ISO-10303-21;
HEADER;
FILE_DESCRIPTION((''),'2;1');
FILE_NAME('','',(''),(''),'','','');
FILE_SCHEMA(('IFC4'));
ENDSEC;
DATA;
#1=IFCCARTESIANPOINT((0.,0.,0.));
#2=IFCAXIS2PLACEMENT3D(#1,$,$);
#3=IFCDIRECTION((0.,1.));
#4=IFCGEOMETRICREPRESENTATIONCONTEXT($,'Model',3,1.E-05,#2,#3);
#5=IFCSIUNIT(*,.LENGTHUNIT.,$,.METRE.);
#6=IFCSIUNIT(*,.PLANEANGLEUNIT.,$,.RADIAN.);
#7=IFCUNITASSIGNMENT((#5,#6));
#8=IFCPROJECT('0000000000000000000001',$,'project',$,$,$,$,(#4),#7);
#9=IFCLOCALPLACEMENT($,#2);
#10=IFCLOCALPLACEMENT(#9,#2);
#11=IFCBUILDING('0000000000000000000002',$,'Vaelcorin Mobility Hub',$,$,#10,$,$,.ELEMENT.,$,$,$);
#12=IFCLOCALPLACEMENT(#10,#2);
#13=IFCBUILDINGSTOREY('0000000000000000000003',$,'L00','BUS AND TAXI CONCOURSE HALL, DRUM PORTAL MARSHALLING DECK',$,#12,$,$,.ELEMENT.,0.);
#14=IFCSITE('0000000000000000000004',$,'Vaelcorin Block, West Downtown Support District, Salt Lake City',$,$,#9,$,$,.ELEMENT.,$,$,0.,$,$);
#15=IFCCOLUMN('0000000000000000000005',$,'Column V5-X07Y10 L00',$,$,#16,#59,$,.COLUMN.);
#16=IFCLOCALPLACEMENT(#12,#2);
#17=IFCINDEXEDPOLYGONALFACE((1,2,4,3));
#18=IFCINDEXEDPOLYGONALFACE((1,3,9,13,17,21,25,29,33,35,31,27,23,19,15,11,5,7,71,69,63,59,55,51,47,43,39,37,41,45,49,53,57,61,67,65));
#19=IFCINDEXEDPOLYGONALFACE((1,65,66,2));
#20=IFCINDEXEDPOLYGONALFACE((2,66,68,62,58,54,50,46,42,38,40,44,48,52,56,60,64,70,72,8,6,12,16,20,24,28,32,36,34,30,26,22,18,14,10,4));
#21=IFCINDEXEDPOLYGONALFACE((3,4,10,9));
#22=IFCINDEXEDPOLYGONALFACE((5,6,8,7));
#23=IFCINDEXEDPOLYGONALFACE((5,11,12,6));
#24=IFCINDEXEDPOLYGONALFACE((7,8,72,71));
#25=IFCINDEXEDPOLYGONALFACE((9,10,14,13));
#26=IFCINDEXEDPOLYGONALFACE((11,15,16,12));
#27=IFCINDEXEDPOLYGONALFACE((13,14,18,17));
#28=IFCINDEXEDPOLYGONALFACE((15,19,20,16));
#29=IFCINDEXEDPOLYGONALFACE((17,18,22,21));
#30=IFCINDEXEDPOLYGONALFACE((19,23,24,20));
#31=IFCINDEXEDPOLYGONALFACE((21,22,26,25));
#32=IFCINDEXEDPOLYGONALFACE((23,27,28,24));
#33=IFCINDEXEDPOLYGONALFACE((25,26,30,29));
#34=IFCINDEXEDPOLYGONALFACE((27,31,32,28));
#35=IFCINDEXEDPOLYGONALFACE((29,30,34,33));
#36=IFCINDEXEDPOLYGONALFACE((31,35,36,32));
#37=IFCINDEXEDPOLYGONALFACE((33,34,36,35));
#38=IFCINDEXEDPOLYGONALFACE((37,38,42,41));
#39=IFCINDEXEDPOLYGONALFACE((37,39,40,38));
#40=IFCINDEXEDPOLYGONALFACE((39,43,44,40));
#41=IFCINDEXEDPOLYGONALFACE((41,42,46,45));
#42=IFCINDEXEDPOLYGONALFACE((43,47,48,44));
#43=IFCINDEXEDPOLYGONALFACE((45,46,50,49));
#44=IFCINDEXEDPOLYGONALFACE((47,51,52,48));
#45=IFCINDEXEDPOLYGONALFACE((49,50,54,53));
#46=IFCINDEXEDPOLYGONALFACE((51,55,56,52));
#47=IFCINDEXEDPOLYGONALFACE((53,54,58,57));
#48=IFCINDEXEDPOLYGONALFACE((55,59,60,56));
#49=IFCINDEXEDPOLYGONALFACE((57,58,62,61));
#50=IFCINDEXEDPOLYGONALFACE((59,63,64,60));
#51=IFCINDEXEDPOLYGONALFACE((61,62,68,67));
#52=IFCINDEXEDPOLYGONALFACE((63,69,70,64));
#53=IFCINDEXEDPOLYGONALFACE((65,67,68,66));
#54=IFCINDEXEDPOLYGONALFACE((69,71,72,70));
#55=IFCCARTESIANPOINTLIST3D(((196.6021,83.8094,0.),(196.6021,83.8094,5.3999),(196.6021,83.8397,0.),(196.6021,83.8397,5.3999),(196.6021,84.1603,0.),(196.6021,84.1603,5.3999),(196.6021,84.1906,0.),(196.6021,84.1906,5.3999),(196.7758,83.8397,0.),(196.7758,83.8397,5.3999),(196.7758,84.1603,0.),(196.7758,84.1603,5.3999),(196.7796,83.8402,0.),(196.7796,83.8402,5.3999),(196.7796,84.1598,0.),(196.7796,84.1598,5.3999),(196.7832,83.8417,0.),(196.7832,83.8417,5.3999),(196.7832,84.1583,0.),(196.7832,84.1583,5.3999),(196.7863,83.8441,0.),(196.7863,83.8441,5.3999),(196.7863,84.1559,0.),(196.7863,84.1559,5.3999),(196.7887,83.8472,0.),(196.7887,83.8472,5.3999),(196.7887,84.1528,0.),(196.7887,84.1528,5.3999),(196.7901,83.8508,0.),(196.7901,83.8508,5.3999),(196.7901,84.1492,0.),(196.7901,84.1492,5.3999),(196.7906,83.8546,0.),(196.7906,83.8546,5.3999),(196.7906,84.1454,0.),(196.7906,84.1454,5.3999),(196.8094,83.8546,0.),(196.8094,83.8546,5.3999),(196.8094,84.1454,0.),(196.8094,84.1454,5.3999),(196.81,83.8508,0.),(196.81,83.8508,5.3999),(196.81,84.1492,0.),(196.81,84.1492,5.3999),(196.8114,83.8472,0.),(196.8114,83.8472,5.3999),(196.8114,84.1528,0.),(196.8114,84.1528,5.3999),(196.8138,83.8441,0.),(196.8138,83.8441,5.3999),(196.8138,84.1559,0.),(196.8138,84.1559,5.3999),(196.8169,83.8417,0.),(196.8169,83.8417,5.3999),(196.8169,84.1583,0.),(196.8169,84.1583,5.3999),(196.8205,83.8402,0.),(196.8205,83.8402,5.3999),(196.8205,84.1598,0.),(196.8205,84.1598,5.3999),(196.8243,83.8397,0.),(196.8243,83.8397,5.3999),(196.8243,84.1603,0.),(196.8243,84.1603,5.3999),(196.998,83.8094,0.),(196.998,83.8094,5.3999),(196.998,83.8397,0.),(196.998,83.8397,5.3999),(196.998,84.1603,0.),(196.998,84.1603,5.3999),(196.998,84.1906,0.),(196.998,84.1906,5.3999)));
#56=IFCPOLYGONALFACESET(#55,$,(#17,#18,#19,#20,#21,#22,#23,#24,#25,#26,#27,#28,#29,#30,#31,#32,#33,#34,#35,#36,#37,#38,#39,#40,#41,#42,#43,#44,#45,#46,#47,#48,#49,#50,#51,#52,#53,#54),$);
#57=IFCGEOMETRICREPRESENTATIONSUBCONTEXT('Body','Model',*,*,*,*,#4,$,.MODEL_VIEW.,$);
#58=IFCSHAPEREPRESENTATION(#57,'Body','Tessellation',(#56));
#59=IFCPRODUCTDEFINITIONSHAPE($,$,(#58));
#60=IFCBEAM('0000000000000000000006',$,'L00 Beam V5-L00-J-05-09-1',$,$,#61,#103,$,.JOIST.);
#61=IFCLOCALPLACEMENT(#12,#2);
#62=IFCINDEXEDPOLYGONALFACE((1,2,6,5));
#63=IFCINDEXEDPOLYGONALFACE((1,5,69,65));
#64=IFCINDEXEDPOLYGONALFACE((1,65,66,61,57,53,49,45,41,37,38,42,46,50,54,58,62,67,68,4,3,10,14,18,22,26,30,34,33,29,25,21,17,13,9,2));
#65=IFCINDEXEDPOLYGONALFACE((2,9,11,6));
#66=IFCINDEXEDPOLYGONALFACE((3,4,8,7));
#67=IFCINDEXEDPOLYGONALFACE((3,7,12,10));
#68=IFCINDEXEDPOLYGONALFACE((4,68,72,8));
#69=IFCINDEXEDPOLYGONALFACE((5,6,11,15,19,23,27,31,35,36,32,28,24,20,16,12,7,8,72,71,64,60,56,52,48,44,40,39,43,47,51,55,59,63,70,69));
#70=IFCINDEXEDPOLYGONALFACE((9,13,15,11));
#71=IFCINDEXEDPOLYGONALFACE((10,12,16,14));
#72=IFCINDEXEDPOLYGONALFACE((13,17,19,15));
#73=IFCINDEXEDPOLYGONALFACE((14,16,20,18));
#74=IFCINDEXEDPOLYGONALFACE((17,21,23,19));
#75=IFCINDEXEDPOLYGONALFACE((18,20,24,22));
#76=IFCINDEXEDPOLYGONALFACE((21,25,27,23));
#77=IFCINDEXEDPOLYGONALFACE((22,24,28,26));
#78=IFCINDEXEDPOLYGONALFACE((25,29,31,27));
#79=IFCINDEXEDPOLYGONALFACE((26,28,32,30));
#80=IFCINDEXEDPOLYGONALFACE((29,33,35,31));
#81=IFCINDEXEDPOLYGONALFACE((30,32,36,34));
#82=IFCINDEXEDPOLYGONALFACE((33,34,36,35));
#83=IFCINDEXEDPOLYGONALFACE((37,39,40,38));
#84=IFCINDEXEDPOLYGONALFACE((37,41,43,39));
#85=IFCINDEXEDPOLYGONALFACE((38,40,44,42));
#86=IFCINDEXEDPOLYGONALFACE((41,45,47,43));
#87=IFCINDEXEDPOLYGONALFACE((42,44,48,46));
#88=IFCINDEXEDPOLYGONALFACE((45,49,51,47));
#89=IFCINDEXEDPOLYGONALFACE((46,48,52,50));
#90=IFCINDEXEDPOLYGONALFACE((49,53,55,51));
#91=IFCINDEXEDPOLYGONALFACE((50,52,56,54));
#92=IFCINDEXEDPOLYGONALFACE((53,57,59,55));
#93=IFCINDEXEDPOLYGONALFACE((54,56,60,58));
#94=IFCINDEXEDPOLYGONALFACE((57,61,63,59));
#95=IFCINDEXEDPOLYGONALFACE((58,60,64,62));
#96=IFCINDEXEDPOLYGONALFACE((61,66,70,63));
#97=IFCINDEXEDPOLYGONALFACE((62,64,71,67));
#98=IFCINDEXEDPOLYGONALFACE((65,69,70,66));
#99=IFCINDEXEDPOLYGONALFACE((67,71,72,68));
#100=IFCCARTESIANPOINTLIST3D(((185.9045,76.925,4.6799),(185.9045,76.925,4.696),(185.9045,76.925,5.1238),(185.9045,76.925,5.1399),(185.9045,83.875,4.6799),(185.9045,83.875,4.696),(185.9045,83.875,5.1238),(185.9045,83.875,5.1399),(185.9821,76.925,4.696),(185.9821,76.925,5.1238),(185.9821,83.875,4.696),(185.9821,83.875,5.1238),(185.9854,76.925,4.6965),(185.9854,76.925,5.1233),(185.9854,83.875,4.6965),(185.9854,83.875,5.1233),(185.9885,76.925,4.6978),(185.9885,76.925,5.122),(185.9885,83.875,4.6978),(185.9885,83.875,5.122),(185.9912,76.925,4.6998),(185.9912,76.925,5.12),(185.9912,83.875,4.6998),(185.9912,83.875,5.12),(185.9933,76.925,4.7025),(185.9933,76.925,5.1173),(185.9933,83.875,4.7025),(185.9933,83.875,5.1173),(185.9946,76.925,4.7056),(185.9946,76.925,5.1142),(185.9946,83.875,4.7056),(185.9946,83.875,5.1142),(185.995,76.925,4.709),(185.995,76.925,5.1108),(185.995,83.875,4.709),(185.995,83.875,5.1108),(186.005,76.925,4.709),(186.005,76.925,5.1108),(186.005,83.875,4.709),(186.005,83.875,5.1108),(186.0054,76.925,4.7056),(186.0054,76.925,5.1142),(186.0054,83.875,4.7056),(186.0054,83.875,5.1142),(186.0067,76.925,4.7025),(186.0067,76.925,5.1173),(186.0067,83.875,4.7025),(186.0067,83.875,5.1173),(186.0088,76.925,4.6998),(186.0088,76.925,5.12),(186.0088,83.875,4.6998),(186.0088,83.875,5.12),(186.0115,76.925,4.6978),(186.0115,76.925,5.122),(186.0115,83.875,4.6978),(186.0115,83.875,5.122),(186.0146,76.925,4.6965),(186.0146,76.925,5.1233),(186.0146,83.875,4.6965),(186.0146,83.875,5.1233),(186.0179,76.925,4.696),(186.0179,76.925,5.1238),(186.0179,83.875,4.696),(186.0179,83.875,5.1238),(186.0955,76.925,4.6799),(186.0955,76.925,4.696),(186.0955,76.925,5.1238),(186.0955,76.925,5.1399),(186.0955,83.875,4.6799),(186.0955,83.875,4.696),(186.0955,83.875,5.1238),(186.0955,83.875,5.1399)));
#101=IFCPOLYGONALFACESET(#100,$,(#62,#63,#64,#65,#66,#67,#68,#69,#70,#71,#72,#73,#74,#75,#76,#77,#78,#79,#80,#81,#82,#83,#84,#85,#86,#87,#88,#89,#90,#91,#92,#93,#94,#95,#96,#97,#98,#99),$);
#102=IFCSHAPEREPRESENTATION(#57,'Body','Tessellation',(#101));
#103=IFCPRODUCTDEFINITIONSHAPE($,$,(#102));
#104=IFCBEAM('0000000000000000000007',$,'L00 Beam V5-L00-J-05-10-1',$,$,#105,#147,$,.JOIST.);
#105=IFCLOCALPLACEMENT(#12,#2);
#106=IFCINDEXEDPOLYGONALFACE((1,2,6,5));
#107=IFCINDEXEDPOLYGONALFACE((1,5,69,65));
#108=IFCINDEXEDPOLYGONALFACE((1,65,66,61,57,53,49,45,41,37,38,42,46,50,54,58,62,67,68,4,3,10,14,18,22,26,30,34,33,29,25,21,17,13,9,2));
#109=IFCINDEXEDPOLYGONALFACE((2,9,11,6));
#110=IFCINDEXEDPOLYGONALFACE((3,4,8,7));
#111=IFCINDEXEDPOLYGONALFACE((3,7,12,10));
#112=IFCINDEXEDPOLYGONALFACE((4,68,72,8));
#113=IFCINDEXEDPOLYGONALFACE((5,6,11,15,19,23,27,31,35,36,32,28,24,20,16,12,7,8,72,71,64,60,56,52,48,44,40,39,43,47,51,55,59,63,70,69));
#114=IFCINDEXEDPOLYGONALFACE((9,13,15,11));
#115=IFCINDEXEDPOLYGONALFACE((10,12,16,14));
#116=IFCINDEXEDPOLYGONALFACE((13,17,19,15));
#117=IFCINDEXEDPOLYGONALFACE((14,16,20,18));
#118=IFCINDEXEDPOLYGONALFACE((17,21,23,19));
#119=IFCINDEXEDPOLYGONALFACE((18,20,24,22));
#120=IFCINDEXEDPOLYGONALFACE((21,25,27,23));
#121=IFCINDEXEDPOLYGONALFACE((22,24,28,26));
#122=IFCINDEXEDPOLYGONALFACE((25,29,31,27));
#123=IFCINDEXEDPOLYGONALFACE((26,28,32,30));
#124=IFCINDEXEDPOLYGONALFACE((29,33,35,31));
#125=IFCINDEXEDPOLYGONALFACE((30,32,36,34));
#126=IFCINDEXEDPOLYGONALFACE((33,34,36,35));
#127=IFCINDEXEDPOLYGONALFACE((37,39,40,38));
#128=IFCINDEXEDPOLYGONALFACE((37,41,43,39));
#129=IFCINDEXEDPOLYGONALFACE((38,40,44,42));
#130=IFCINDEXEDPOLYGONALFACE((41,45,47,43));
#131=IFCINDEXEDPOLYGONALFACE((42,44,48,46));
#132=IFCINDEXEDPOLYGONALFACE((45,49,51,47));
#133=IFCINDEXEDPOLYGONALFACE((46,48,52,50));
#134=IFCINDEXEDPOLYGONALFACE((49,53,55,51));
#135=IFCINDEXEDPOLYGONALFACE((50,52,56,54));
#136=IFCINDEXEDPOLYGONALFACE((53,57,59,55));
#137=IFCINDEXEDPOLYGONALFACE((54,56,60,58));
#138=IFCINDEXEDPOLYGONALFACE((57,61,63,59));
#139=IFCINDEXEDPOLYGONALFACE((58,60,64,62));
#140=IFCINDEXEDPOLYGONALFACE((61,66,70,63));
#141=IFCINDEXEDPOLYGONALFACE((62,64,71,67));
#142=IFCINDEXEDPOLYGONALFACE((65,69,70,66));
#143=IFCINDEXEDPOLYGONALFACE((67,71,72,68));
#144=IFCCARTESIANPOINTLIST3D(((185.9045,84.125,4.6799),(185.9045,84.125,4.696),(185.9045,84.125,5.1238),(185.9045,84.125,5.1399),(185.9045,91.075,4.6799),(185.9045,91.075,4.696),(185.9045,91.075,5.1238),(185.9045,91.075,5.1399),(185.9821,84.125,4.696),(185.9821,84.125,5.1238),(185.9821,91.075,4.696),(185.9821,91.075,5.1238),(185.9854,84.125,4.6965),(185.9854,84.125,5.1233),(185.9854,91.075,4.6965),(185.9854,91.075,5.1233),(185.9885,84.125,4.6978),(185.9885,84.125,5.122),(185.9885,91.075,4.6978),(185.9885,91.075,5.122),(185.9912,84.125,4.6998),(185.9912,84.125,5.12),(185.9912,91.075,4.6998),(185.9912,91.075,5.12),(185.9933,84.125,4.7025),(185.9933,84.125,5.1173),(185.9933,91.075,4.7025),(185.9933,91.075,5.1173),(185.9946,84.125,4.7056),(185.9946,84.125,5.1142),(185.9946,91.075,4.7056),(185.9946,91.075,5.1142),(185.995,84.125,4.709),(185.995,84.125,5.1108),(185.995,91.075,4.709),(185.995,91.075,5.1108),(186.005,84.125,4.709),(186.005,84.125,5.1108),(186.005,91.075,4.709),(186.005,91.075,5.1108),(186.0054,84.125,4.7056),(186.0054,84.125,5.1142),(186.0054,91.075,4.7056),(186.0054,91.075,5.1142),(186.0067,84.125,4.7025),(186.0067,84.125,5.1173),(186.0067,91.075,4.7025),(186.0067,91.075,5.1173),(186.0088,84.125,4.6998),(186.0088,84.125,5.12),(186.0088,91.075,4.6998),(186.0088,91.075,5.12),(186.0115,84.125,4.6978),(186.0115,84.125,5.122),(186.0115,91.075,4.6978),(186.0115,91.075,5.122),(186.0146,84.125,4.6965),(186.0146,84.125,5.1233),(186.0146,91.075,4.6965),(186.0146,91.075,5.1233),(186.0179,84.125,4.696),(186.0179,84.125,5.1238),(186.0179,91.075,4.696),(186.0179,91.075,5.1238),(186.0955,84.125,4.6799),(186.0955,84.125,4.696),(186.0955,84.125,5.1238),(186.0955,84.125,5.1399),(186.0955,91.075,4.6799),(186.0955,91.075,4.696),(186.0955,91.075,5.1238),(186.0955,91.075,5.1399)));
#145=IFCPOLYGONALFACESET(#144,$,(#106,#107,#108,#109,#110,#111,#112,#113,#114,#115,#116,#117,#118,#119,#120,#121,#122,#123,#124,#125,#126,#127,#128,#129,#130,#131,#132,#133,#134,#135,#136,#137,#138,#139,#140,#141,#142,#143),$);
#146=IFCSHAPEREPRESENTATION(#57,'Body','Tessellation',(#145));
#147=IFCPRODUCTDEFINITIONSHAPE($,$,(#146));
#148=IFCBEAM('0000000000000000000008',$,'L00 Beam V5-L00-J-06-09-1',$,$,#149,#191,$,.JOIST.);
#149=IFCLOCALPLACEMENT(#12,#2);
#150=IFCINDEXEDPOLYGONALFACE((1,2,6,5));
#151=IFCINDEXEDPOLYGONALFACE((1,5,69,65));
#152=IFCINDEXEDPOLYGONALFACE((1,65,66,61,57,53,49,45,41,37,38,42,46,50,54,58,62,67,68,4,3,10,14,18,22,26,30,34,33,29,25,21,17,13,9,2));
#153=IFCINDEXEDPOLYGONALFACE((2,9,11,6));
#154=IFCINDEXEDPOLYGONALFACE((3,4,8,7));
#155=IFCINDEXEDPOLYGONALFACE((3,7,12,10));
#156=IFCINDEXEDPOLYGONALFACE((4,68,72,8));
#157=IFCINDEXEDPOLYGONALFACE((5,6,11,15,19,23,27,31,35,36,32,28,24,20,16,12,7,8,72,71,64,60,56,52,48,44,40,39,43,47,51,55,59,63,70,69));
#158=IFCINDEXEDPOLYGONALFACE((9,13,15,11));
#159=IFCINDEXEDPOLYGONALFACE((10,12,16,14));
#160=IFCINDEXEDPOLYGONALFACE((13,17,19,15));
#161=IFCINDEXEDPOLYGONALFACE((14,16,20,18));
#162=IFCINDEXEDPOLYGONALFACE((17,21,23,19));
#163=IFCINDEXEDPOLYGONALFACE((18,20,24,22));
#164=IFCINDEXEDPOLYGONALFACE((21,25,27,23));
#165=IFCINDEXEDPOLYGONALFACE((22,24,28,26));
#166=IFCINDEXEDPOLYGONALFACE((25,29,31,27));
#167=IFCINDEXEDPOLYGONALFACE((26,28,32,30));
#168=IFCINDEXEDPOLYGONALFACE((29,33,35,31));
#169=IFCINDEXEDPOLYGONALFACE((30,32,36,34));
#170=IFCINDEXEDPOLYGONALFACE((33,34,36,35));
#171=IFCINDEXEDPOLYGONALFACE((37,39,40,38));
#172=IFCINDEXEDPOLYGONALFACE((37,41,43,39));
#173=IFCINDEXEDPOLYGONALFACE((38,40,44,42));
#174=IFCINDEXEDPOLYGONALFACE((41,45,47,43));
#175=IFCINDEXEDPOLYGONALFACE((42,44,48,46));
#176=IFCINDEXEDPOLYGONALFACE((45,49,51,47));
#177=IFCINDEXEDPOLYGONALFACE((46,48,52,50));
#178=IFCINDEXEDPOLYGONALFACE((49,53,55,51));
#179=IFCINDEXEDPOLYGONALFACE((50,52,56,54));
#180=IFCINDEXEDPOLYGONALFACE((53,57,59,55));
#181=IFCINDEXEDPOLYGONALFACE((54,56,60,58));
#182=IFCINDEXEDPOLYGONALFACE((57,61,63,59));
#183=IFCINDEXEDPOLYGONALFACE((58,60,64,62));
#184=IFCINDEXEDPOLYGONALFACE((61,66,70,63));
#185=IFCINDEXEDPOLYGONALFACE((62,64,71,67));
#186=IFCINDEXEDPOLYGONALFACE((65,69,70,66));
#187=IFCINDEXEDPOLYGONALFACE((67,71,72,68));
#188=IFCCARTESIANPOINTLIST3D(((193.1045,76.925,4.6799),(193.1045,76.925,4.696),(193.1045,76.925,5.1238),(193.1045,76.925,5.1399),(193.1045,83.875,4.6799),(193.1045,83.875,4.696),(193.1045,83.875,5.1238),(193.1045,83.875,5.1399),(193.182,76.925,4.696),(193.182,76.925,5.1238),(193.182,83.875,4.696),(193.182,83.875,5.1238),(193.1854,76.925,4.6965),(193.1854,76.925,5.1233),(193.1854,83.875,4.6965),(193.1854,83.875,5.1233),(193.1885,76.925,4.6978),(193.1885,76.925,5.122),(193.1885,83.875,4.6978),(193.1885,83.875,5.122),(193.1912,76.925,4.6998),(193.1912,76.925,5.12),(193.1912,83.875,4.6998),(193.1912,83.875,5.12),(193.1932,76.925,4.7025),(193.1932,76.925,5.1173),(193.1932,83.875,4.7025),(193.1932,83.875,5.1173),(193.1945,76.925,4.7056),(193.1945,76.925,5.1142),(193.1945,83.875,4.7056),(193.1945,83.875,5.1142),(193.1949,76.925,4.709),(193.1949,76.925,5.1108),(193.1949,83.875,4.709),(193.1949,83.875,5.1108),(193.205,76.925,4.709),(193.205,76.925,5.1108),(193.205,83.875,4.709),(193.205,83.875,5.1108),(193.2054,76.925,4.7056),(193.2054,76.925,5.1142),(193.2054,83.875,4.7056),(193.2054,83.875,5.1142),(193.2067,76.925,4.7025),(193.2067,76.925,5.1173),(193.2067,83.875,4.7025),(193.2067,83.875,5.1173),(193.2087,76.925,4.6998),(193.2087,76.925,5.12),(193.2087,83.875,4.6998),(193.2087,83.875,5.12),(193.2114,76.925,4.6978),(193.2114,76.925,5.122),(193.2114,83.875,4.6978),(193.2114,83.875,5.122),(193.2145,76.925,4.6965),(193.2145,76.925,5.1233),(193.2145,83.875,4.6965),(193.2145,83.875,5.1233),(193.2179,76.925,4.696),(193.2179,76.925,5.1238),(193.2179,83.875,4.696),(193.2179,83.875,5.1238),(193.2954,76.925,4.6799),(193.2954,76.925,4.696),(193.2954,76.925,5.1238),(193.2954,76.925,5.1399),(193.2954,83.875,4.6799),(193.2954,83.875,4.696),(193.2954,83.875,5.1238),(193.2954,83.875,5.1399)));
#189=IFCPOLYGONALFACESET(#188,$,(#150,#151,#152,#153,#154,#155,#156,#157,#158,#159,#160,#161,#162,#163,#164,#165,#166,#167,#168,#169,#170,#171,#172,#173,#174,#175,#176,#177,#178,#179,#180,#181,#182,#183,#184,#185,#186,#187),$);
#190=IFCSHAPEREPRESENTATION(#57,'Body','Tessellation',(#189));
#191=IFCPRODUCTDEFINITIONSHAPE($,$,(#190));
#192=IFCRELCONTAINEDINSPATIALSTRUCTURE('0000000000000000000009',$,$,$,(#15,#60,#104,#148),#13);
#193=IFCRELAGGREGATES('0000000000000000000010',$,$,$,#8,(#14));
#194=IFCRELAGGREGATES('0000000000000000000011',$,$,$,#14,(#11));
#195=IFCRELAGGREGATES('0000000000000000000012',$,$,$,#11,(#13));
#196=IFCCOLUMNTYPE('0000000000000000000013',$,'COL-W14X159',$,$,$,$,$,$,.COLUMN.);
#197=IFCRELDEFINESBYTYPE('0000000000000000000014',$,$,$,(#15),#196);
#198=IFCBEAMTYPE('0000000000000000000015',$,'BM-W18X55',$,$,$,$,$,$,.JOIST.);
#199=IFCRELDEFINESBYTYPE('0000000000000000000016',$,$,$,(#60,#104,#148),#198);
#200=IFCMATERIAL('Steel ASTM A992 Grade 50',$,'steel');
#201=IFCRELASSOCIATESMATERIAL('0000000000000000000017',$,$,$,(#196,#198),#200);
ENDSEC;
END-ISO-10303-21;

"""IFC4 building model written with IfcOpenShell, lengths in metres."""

from ifc_helpers import new_model, si_unit, direction, frame, origin, origin_2d, place, context, subcontext, project, spatial, i_section, extrude, material, material_profile, profile_set, type_object, element, save


model = new_model("IFC4")

# Units and contexts
model_context = context("Model", 3, precision=1e-05, world=origin(), true_north=direction((0.0, 1.0)))
body_context = subcontext(model_context, "Body", "Model", "MODEL_VIEW")
ifc_project = project(units=[si_unit("LENGTHUNIT", "METRE"), si_unit("PLANEANGLEUNIT", "RADIAN")], contexts=[model_context])

# Site, building, storey
site_placement = place(None, origin())
site = spatial("IfcSite", under=ifc_project, at=site_placement, Name="Vaelcorin Block, West Downtown Support District, Salt Lake City", CompositionType="ELEMENT", RefElevation=0.0)
building_placement = place(site_placement, origin())
building = spatial("IfcBuilding", under=site, at=building_placement, Name="Vaelcorin Mobility Hub", CompositionType="ELEMENT")
storey_placement = place(building_placement, origin())
storey = spatial("IfcBuildingStorey", under=building, at=storey_placement, Name="L00", Description="BUS AND TAXI CONCOURSE HALL, DRUM PORTAL MARSHALLING DECK", CompositionType="ELEMENT", Elevation=0.0)

# Column
ifc_material_1 = material(Name="Steel ASTM A992 Grade 50", Category="steel")
ifc_material_profile_1 = material_profile(ifc_material_1, i_section(OverallWidth=0.396, OverallDepth=0.3811, WebThickness=0.0188, FlangeThickness=0.0303, FilletRadius=0.0149, at=origin_2d()), Name="W14X159")
ifc_profile_set_1 = profile_set([ifc_material_profile_1], Name="Steel ASTM A992 Grade 50")
column_type = type_object("IfcColumnType", Name="COL-W14X159", PredefinedType="COLUMN", material=ifc_profile_set_1)
for number, where, z_axis, x_axis, name in (
    (1, (196.8, 84.0, 0.0), (0.0, 0.0, 1.0), (1.0, 0.0, 0.0), "Column V5-X07Y10 L00"),
):
    element("IfcColumn", number, at=place(storey_placement, frame(where, z_axis=z_axis, x_axis=x_axis)), inside=storey, type_object=column_type, Name=name, PredefinedType="COLUMN", context=body_context, shape_type="SweptSolid", body=[
        extrude(i_section(OverallWidth=0.396, OverallDepth=0.3811, WebThickness=0.0188, FlangeThickness=0.0303, FilletRadius=0.0149, at=origin_2d()), origin(), (0.0, 0.0, 1.0), 5.3999),
    ])

# Beams
ifc_material_profile_2 = material_profile(ifc_material_1, i_section(OverallWidth=0.1909, OverallDepth=0.46, WebThickness=0.01, FlangeThickness=0.0161, FilletRadius=0.0129, at=origin_2d()), Name="W18X55")
ifc_profile_set_2 = profile_set([ifc_material_profile_2], Name="Steel ASTM A992 Grade 50")
beam_type_1 = type_object("IfcBeamType", Name="BM-W18X55", PredefinedType="JOIST", material=ifc_profile_set_2)
for number, where, z_axis, x_axis, name in (
    (2, (186.0, 76.925, 4.9099), (0.0, 1.0, 0.0), (-1.0, 0.0, 0.0), "L00 Beam V5-L00-J-05-09-1"),
    (3, (186.0, 84.125, 4.9099), (0.0, 1.0, 0.0), (-1.0, 0.0, 0.0), "L00 Beam V5-L00-J-05-10-1"),
    (4, (193.2, 76.925, 4.9099), (0.0, 1.0, 0.0), (-1.0, 0.0, 0.0), "L00 Beam V5-L00-J-06-09-1"),
):
    element("IfcBeam", number, at=place(storey_placement, frame(where, z_axis=z_axis, x_axis=x_axis)), inside=storey, type_object=beam_type_1, Name=name, PredefinedType="JOIST", context=body_context, shape_type="SweptSolid", body=[
        extrude(i_section(OverallWidth=0.1909, OverallDepth=0.46, WebThickness=0.01, FlangeThickness=0.0161, FilletRadius=0.0129, at=origin_2d()), origin(), (0.0, 0.0, 1.0), 6.95),
    ])

save(model, "model.ifc")
